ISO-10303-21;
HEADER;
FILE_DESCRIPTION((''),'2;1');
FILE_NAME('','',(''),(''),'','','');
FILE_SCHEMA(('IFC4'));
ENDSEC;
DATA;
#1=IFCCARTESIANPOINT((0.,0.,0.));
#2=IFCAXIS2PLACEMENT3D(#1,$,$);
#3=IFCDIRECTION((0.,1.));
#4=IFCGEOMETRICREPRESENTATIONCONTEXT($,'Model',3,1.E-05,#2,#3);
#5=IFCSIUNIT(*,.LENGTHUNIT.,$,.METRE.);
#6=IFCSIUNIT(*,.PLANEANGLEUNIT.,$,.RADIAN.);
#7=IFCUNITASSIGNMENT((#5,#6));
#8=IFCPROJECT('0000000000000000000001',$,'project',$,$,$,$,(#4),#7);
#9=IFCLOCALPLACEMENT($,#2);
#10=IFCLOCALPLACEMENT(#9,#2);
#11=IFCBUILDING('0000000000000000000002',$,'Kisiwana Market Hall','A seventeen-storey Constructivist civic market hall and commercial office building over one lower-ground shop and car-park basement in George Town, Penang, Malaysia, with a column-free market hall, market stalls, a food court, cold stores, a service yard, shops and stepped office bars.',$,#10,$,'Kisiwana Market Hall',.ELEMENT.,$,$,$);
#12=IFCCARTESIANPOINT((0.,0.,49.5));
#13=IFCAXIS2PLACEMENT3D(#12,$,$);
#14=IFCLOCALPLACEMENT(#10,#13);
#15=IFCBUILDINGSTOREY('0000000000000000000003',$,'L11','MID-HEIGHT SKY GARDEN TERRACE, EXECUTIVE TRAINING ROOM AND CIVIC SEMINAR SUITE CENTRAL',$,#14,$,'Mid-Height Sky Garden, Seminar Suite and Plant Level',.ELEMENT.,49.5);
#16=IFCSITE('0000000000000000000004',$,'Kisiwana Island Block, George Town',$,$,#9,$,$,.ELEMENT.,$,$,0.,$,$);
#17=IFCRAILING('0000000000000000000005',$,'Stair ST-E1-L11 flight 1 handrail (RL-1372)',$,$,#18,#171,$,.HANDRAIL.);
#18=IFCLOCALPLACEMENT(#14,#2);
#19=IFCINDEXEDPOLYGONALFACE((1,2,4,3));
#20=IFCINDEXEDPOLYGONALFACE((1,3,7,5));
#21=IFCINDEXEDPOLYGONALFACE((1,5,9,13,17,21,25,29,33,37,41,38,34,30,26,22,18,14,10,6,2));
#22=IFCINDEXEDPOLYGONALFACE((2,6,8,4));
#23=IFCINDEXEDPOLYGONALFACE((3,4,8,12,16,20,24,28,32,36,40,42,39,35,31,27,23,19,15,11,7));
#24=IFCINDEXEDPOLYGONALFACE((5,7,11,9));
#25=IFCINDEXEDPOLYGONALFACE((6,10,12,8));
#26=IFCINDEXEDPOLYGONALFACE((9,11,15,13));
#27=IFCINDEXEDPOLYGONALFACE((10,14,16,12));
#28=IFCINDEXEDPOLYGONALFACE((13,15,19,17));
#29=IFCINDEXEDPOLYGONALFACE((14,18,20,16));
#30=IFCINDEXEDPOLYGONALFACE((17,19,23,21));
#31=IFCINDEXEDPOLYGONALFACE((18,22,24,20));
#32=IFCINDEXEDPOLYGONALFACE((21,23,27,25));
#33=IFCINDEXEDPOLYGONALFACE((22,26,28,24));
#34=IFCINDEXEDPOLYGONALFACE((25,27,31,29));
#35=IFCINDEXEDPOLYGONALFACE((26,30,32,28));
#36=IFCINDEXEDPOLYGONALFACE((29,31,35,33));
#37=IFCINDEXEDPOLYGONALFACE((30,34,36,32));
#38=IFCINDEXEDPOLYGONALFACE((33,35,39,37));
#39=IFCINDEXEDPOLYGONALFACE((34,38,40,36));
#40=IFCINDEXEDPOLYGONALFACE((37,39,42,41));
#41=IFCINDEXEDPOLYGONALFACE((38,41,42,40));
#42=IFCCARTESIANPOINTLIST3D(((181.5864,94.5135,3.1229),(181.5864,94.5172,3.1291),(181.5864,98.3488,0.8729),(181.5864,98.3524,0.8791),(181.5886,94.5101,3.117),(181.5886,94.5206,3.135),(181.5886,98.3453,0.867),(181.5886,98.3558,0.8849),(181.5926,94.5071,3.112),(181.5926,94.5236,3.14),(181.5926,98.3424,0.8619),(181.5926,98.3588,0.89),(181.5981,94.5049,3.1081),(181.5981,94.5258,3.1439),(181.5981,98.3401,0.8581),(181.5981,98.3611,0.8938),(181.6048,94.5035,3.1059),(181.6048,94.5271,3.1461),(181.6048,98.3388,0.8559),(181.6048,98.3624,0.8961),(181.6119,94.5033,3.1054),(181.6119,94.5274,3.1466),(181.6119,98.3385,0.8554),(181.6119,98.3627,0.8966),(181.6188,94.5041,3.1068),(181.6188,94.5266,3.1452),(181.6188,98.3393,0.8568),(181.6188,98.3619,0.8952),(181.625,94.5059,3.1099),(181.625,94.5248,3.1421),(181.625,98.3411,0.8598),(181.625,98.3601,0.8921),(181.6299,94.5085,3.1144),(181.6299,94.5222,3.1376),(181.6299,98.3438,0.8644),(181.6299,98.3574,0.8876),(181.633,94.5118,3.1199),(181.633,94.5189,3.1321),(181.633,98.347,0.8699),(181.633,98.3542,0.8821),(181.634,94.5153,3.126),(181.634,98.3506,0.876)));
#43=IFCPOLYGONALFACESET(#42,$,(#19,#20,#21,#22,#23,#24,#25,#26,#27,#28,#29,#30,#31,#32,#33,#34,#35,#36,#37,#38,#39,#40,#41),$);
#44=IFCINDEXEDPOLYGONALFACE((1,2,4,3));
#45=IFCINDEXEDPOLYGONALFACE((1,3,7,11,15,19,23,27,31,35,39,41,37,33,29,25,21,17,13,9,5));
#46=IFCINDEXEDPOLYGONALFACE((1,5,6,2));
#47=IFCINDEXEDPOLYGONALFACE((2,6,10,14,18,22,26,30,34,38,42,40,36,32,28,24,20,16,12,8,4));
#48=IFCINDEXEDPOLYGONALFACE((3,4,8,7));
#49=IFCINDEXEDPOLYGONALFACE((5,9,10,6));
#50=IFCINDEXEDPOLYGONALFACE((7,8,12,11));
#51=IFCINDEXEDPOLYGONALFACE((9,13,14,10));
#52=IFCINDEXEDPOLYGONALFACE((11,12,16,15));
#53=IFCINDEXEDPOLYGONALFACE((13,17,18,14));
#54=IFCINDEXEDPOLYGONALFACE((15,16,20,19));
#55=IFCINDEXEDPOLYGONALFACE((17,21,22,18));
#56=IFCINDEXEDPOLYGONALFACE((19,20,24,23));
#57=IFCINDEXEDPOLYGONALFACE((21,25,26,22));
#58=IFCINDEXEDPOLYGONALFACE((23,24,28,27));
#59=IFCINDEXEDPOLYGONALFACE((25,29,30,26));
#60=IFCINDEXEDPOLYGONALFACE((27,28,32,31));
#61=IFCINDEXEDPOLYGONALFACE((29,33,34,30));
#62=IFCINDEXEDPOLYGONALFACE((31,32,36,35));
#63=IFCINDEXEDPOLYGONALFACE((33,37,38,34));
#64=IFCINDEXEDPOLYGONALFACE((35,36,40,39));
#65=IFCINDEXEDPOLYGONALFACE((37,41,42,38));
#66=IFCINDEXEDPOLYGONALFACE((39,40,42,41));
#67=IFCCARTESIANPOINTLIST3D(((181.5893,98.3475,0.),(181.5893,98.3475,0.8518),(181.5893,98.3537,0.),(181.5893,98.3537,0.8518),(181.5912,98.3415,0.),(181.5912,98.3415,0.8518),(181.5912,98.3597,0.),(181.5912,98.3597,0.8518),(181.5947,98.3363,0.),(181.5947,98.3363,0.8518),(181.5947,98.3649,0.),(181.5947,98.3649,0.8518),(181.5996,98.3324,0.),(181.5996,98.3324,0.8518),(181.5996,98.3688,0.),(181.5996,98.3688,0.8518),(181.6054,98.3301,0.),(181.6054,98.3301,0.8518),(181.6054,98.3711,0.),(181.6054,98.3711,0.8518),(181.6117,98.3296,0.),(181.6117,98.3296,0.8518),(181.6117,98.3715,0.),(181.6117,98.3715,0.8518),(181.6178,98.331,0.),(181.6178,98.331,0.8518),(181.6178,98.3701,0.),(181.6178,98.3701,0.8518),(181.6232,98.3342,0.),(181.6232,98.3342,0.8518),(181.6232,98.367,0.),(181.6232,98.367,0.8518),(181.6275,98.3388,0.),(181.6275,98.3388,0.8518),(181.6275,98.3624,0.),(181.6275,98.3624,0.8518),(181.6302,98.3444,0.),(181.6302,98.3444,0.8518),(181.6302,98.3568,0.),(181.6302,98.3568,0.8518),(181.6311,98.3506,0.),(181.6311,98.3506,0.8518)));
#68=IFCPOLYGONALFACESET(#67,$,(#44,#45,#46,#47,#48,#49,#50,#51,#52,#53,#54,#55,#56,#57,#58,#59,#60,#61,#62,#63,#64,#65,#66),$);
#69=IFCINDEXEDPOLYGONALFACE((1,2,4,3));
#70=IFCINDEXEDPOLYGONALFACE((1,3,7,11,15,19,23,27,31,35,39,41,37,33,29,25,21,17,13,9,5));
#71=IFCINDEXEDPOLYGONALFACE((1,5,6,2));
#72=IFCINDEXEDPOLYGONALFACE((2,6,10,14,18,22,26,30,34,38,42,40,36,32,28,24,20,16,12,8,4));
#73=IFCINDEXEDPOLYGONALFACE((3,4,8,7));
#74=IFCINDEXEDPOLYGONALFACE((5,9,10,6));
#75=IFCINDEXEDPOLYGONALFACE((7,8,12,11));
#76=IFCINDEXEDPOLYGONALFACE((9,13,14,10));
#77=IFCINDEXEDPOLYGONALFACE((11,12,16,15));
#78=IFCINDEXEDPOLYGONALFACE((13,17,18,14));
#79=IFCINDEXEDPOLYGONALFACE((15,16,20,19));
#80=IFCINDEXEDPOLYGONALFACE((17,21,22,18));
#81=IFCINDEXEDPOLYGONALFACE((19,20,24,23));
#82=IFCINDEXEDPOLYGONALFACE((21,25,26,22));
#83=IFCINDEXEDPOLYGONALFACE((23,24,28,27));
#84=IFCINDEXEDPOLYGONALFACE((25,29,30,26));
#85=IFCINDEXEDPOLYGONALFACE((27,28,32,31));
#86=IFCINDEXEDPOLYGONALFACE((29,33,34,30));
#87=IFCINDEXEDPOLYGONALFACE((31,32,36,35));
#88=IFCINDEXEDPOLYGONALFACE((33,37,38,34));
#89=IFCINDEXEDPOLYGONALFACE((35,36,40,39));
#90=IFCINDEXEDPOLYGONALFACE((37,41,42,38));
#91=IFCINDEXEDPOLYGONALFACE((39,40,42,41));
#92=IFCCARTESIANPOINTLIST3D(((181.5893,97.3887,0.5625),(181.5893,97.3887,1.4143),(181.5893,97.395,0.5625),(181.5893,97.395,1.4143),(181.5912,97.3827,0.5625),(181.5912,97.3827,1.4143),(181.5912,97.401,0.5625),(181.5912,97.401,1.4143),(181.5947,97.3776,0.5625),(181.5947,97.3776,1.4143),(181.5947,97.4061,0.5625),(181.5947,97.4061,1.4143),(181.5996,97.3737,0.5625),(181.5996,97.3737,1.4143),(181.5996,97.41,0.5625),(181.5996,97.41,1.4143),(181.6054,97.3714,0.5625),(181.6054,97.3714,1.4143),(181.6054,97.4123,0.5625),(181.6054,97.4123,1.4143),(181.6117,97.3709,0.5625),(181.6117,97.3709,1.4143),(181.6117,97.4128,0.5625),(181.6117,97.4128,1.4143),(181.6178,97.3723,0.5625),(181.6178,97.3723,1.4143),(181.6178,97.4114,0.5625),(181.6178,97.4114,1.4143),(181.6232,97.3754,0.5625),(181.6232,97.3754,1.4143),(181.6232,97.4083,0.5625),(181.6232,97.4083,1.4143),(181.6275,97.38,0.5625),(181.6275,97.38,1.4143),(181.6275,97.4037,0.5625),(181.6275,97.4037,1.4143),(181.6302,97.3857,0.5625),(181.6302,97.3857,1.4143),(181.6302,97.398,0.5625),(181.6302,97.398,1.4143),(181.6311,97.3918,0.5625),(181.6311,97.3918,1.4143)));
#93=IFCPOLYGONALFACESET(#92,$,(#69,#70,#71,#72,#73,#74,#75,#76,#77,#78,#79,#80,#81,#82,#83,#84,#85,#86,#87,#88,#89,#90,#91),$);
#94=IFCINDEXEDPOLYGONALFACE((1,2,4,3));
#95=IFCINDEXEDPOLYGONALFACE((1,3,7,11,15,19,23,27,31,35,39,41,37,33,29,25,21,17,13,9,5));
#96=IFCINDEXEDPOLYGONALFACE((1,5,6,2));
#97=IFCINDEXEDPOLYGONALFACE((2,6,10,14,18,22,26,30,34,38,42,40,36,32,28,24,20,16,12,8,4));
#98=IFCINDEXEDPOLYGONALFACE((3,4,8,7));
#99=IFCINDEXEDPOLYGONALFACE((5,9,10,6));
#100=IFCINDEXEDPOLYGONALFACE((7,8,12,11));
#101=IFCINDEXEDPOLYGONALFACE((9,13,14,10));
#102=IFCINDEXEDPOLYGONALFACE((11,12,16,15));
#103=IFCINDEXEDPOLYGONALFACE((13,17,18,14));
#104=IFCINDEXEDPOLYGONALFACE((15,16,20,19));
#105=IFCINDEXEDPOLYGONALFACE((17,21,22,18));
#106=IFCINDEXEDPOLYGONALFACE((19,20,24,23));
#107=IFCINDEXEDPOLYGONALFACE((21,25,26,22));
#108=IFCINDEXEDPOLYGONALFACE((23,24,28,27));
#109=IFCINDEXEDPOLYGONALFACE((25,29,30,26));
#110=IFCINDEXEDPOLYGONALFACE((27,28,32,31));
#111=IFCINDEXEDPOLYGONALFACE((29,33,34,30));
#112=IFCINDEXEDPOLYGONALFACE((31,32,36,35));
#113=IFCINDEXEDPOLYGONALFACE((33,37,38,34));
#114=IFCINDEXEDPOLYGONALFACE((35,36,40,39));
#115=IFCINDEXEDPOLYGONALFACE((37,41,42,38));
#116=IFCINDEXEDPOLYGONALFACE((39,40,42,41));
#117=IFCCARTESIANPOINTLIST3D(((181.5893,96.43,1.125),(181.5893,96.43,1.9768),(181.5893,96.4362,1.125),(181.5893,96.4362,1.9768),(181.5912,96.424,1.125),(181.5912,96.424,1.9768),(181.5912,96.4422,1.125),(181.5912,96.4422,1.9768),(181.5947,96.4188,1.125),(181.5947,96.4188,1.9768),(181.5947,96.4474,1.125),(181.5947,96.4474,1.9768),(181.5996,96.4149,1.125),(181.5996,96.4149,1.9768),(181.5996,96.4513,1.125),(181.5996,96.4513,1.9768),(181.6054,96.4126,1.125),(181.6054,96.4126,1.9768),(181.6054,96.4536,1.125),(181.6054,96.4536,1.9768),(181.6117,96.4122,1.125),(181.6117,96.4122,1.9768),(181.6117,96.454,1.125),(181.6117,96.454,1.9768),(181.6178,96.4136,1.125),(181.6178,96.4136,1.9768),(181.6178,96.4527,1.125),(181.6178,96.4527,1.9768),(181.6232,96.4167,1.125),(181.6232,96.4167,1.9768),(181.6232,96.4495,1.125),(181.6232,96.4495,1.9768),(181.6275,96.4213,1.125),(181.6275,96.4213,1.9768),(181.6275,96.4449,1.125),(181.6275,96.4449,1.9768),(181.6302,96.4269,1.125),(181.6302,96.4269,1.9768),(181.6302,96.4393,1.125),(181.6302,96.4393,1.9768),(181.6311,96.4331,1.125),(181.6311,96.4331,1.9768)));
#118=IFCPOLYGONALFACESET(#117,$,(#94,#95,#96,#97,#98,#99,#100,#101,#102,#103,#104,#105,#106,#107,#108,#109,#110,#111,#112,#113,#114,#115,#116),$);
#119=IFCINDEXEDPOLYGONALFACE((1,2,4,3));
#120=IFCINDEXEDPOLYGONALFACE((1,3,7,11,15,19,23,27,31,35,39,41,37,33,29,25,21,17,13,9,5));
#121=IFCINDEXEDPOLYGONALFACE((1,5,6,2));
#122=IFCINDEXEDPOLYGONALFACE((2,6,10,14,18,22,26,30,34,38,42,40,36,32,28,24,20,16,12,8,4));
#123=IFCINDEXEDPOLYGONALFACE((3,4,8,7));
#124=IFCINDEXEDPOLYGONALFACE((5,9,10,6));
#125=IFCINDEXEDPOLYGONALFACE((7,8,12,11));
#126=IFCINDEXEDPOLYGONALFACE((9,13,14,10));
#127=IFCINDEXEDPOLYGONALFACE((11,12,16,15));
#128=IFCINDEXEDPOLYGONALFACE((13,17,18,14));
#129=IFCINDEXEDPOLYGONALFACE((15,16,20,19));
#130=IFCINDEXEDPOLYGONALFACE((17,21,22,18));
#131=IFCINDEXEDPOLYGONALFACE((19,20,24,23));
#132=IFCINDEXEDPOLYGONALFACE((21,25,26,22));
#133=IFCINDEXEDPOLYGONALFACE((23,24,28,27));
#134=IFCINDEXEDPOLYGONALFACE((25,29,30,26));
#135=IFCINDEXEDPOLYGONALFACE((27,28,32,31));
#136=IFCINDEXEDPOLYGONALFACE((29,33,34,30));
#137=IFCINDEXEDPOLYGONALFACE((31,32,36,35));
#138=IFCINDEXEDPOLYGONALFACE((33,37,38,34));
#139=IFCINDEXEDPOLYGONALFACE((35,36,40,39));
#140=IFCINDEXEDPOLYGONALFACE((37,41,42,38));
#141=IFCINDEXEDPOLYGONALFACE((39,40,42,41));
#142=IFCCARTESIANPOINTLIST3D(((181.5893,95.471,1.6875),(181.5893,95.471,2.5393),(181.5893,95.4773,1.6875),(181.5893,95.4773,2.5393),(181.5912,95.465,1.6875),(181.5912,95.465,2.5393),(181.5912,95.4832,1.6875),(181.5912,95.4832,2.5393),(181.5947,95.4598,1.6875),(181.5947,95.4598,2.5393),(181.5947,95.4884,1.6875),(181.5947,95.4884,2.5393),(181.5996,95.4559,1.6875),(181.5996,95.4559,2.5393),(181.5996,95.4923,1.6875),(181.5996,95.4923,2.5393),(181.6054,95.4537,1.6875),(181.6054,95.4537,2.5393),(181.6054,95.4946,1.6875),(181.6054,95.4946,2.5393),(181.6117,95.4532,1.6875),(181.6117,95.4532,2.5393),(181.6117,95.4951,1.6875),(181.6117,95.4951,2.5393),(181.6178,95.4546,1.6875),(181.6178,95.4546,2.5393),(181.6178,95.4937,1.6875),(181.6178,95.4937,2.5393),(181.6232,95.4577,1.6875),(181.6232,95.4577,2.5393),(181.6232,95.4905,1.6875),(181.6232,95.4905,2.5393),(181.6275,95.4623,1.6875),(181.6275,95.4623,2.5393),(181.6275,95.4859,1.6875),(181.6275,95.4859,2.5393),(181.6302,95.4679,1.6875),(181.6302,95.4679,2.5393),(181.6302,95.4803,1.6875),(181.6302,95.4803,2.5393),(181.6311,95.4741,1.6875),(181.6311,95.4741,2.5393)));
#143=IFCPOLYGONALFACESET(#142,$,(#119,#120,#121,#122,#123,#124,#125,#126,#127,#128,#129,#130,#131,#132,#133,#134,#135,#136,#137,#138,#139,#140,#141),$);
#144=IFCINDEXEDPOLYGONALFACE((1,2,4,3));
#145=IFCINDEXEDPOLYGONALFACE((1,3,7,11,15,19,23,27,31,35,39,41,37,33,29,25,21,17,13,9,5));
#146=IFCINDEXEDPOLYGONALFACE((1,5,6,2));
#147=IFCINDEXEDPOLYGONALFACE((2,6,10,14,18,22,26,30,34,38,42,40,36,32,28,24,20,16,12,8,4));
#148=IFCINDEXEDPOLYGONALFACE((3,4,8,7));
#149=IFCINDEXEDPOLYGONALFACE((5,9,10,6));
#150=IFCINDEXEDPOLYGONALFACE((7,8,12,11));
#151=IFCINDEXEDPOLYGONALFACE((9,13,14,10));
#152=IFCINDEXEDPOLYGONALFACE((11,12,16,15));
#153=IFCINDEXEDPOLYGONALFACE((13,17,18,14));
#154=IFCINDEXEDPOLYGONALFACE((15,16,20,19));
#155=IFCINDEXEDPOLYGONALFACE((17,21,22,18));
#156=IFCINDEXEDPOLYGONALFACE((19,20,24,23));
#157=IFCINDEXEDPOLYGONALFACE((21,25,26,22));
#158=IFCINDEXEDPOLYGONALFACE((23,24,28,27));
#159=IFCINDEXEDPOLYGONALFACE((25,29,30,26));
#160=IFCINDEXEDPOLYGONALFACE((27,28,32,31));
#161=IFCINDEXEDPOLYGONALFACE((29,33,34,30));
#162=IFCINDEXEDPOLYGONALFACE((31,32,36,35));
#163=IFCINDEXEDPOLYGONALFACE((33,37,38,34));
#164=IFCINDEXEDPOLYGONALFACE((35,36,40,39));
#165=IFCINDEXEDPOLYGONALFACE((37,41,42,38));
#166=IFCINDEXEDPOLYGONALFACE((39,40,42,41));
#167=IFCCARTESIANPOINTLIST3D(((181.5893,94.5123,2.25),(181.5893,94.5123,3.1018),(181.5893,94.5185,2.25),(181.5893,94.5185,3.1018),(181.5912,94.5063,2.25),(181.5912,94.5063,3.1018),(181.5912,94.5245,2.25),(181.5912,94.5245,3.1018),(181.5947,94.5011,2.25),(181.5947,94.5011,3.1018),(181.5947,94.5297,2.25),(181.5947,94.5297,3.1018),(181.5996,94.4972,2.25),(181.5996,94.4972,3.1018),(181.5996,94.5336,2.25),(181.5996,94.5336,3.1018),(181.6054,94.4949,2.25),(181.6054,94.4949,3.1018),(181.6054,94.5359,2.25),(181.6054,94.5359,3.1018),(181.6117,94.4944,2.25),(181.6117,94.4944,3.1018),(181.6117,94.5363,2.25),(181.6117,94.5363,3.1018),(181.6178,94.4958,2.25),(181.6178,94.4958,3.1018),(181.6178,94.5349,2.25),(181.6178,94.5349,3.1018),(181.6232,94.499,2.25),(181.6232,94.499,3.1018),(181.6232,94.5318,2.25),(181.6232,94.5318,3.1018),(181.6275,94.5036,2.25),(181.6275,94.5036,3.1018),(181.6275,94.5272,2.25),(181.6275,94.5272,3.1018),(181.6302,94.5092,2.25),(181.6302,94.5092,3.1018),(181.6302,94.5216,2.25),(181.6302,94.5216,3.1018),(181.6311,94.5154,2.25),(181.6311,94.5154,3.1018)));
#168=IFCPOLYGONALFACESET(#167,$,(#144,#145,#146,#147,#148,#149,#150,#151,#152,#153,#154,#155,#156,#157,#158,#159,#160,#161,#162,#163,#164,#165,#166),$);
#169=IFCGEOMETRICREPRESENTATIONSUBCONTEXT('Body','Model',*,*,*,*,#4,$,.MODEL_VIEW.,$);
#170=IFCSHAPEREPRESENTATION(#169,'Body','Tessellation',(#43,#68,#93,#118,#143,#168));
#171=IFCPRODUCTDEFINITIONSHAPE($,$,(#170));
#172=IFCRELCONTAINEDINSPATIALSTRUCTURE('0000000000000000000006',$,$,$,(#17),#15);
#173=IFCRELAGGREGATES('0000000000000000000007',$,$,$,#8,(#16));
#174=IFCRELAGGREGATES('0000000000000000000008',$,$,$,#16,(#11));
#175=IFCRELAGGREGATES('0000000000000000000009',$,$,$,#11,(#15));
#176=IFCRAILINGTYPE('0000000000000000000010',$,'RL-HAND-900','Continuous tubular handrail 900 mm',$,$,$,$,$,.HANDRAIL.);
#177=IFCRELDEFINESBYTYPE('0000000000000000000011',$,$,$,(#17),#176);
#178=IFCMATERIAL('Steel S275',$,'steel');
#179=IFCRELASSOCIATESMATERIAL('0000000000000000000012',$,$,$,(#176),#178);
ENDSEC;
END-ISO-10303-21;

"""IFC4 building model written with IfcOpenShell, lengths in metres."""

from ifc_helpers import new_model, si_unit, direction, frame, origin, origin_2d, place, context, subcontext, project, spatial, circle, extrude, material, type_object, element, save


model = new_model("IFC4")

# Units and contexts
model_context = context("Model", 3, precision=1e-05, world=origin(), true_north=direction((0.0, 1.0)))
body_context = subcontext(model_context, "Body", "Model", "MODEL_VIEW")
ifc_project = project(units=[si_unit("LENGTHUNIT", "METRE"), si_unit("PLANEANGLEUNIT", "RADIAN")], contexts=[model_context])

# Site, building, storey
site_placement = place(None, origin())
site = spatial("IfcSite", under=ifc_project, at=site_placement, Name="Kisiwana Island Block, George Town", CompositionType="ELEMENT", RefElevation=0.0)
building_placement = place(site_placement, origin())
building = spatial("IfcBuilding", under=site, at=building_placement, Name="Kisiwana Market Hall", Description="A seventeen-storey Constructivist civic market hall and commercial office building over one lower-ground shop and car-park basement in George Town, Penang, Malaysia, with a column-free market hall, market stalls, a food court, cold stores, a service yard, shops and stepped office bars.", LongName="Kisiwana Market Hall", CompositionType="ELEMENT")
storey_placement = place(building_placement, frame((0.0, 0.0, 49.5)))
storey = spatial("IfcBuildingStorey", under=building, at=storey_placement, Name="L11", Description="MID-HEIGHT SKY GARDEN TERRACE, EXECUTIVE TRAINING ROOM AND CIVIC SEMINAR SUITE CENTRAL", LongName="Mid-Height Sky Garden, Seminar Suite and Plant Level", CompositionType="ELEMENT", Elevation=49.5)

# Railing
ifc_material_1 = material(Name="Steel S275", Category="steel")
railing_type_1 = type_object("IfcRailingType", Name="RL-HAND-900", Description="Continuous tubular handrail 900 mm", PredefinedType="HANDRAIL", material=ifc_material_1)
railing_1_placement = place(storey_placement, frame((181.6101, 98.3506, 0.0)))
element("IfcRailing", 1, at=railing_1_placement, inside=storey, type_object=railing_type_1, Name="Stair ST-E1-L11 flight 1 handrail (RL-1372)", PredefinedType="HANDRAIL", context=body_context, shape_type="SweptSolid", body=[
    extrude(circle(Radius=0.0239, at=origin_2d()), frame((0.0, 0.0, 0.876), z_axis=(0.0, -0.862524, 0.506017), x_axis=(1.0, 0.0, 0.0)), (0.0, 0.0, 1.0), 4.4465),
    extrude(circle(Radius=0.021, at=origin_2d()), origin(), (0.0, 0.0, 1.0), 0.8518),
    extrude(circle(Radius=0.021, at=origin_2d()), frame((0.0, -0.9587, 0.5625)), (0.0, 0.0, 1.0), 0.8518),
    extrude(circle(Radius=0.021, at=origin_2d()), frame((0.0, -1.9175, 1.125)), (0.0, 0.0, 1.0), 0.8518),
    extrude(circle(Radius=0.021, at=origin_2d()), frame((0.0, -2.8765, 1.6875)), (0.0, 0.0, 1.0), 0.8518),
    extrude(circle(Radius=0.021, at=origin_2d()), frame((0.0, -3.8352, 2.25)), (0.0, 0.0, 1.0), 0.8518),
])

save(model, "model.ifc")
